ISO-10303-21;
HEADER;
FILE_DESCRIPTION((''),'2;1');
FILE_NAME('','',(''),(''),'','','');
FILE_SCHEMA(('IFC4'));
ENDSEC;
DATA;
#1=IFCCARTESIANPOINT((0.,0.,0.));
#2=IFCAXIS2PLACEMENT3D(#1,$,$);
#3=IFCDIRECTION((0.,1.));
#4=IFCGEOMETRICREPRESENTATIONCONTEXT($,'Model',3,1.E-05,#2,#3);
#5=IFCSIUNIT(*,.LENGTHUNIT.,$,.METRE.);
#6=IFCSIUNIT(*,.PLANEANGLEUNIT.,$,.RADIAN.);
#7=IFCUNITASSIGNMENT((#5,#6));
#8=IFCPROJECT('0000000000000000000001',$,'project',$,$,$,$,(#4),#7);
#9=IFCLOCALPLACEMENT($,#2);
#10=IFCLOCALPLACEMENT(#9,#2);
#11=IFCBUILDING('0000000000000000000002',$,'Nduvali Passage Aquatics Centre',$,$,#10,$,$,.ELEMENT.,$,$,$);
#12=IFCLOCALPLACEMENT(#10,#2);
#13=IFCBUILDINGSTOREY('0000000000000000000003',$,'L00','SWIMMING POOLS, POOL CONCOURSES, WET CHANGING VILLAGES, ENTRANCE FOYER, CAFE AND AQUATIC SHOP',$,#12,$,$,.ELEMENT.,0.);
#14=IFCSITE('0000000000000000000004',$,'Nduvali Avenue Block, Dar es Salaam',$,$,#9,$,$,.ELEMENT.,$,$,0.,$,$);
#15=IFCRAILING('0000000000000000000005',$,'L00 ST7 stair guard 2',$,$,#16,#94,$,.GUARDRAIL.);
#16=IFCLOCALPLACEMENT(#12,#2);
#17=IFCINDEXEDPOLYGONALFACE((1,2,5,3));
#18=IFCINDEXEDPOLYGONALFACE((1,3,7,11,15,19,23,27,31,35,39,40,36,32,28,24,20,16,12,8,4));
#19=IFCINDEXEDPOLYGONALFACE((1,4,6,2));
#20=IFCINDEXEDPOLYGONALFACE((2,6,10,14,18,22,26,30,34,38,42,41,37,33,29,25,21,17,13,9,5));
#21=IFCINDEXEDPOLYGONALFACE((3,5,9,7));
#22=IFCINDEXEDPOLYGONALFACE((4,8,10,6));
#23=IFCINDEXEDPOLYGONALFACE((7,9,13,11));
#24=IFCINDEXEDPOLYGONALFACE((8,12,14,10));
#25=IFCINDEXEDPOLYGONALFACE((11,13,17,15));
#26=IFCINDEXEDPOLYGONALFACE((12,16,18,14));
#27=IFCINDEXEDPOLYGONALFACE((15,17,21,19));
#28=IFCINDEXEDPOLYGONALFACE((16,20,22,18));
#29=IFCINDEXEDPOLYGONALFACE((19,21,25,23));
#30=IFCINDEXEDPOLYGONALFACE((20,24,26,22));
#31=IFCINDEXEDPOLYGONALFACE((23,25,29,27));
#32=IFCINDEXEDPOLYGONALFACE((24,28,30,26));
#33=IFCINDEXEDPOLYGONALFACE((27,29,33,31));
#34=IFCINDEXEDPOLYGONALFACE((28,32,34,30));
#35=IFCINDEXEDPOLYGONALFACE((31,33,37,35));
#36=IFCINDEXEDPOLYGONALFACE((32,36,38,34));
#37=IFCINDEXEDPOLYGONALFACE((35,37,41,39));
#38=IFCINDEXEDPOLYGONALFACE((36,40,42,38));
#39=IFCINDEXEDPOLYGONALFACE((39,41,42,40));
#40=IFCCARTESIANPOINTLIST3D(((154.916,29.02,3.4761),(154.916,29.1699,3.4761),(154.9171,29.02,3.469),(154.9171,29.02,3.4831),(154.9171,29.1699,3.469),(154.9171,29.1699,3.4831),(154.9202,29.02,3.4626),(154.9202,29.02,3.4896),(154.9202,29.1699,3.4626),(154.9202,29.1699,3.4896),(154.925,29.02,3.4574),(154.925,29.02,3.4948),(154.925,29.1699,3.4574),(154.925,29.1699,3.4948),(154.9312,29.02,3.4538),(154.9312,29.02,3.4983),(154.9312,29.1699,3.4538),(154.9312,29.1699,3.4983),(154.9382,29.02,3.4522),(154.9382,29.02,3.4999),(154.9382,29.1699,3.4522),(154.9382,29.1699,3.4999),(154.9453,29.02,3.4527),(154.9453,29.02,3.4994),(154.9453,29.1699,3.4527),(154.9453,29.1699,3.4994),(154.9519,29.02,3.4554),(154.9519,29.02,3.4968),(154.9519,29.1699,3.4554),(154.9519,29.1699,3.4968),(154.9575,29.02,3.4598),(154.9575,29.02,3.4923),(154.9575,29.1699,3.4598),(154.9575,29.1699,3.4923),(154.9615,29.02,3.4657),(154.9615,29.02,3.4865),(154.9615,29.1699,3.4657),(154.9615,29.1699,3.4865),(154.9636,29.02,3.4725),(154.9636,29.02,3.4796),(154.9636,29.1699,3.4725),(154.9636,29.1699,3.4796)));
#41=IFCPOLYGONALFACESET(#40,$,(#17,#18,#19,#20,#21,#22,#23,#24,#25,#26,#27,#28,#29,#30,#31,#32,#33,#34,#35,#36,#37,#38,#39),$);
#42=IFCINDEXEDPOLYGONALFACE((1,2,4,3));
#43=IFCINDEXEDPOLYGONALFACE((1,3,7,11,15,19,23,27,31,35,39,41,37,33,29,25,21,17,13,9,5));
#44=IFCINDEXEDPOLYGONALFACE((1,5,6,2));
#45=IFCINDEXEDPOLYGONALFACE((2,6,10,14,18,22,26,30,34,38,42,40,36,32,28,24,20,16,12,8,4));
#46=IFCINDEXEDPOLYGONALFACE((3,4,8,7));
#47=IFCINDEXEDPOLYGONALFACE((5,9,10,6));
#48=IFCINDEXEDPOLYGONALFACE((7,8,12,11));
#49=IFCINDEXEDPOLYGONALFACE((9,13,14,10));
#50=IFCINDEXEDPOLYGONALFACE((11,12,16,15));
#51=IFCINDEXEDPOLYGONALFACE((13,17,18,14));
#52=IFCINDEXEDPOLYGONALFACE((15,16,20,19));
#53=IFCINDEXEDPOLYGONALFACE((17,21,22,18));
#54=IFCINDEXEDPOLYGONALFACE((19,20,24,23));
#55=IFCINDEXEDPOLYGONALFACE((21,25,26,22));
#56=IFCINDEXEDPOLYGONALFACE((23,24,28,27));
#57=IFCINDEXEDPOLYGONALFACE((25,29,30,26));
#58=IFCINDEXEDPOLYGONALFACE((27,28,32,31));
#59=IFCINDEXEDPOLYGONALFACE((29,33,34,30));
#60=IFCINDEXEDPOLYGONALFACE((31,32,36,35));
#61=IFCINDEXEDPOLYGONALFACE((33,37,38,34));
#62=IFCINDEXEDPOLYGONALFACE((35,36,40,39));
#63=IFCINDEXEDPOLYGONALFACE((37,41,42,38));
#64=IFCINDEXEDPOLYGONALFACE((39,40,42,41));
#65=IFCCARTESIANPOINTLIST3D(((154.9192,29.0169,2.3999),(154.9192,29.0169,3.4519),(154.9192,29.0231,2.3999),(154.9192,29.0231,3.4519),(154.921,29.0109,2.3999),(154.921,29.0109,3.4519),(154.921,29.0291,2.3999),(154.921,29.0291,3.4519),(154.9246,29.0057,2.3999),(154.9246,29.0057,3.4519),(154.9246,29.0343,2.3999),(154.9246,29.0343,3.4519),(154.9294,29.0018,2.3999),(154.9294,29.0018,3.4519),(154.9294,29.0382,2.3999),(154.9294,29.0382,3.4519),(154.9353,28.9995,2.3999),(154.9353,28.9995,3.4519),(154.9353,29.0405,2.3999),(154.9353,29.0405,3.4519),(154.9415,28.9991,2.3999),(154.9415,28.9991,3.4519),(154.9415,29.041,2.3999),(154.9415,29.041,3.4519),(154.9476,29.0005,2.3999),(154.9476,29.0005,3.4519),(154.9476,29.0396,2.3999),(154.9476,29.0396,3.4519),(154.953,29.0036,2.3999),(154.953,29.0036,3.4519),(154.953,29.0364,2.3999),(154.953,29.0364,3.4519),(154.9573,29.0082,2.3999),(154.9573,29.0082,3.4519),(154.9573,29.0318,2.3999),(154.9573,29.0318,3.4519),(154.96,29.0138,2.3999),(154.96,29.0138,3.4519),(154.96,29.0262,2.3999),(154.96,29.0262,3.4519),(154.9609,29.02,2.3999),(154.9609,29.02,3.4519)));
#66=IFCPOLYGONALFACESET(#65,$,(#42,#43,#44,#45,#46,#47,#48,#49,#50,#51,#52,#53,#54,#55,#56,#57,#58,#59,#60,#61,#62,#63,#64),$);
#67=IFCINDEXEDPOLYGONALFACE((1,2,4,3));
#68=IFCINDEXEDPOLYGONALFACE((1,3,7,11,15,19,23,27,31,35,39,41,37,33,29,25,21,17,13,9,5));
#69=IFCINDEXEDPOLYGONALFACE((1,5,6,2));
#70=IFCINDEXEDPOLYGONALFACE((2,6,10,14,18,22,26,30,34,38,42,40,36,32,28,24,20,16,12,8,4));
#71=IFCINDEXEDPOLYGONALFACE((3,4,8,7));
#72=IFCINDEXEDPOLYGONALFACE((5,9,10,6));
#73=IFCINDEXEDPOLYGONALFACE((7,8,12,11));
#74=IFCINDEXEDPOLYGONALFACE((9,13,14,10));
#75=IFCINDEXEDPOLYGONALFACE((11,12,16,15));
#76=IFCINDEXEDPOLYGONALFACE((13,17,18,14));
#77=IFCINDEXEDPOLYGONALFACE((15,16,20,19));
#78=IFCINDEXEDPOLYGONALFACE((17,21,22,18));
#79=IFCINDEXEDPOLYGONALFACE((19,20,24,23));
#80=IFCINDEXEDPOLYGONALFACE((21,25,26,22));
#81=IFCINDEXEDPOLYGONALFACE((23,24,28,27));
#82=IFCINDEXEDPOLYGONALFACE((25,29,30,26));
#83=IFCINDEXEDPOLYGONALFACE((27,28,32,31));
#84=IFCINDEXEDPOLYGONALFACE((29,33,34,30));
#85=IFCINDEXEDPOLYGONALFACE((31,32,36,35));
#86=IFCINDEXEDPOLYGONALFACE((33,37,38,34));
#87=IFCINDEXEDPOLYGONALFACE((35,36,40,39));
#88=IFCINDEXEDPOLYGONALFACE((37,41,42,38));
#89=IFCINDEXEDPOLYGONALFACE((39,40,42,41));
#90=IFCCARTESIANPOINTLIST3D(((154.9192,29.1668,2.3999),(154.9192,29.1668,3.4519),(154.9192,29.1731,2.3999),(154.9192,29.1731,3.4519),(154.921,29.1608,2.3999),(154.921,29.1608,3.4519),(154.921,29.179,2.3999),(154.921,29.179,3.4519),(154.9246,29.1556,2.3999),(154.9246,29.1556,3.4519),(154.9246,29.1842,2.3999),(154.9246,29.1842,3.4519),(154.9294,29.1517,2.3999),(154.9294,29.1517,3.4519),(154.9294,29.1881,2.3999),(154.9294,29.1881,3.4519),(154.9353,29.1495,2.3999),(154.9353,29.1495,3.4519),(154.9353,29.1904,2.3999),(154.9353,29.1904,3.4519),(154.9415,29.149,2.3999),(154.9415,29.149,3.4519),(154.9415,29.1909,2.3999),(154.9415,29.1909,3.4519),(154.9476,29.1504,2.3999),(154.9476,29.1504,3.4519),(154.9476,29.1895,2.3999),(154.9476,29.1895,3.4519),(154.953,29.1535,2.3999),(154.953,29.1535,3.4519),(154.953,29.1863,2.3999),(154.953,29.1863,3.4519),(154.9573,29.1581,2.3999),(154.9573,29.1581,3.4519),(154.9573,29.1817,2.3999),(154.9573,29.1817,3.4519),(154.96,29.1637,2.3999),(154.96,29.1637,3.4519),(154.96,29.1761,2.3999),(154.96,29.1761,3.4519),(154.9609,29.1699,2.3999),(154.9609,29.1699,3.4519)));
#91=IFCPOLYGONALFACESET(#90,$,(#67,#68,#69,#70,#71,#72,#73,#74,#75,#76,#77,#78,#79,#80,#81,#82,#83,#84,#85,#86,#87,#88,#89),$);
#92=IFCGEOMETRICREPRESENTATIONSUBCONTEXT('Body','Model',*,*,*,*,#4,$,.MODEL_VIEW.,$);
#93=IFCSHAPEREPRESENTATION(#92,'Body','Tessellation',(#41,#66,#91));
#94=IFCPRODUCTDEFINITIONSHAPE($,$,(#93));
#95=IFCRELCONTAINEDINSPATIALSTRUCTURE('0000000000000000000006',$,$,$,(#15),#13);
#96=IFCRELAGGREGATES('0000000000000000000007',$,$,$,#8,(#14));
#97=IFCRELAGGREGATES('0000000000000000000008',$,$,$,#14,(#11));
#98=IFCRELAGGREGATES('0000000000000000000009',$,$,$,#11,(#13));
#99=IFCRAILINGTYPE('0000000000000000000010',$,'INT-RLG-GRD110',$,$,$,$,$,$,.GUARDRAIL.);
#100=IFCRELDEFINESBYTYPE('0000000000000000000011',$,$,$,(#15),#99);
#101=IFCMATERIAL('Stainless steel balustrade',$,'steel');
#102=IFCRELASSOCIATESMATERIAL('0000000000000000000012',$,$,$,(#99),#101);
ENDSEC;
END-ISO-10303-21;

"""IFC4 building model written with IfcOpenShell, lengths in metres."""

from ifc_helpers import new_model, si_unit, direction, frame, origin, origin_2d, place, context, subcontext, project, spatial, circle, extrude, material, type_object, element, save


model = new_model("IFC4")

# Units and contexts
model_context = context("Model", 3, precision=1e-05, world=origin(), true_north=direction((0.0, 1.0)))
body_context = subcontext(model_context, "Body", "Model", "MODEL_VIEW")
ifc_project = project(units=[si_unit("LENGTHUNIT", "METRE"), si_unit("PLANEANGLEUNIT", "RADIAN")], contexts=[model_context])

# Site, building, storey
site_placement = place(None, origin())
site = spatial("IfcSite", under=ifc_project, at=site_placement, Name="Nduvali Avenue Block, Dar es Salaam", CompositionType="ELEMENT", RefElevation=0.0)
building_placement = place(site_placement, origin())
building = spatial("IfcBuilding", under=site, at=building_placement, Name="Nduvali Passage Aquatics Centre", CompositionType="ELEMENT")
storey_placement = place(building_placement, origin())
storey = spatial("IfcBuildingStorey", under=building, at=storey_placement, Name="L00", Description="SWIMMING POOLS, POOL CONCOURSES, WET CHANGING VILLAGES, ENTRANCE FOYER, CAFE AND AQUATIC SHOP", CompositionType="ELEMENT", Elevation=0.0)

# Railing
ifc_material_1 = material(Name="Stainless steel balustrade", Category="steel")
railing_type_1 = type_object("IfcRailingType", Name="INT-RLG-GRD110", PredefinedType="GUARDRAIL", material=ifc_material_1)
railing_1_placement = place(storey_placement, frame((154.9399, 29.02, 2.3999)))
element("IfcRailing", 1, at=railing_1_placement, inside=storey, type_object=railing_type_1, Name="L00 ST7 stair guard 2", PredefinedType="GUARDRAIL", context=body_context, shape_type="SweptSolid", body=[
    extrude(circle(Radius=0.0239, at=origin_2d()), frame((0.0, 0.0, 1.0762), z_axis=(0.0, 1.0, 0.0), x_axis=(-1.0, 0.0, 0.0)), (0.0, 0.0, 1.0), 0.1499),
    extrude(circle(Radius=0.021, at=origin_2d()), origin(), (0.0, 0.0, 1.0), 1.052),
    extrude(circle(Radius=0.021, at=origin_2d()), frame((0.0, 0.1499, 0.0)), (0.0, 0.0, 1.0), 1.052),
])

save(model, "model.ifc")
